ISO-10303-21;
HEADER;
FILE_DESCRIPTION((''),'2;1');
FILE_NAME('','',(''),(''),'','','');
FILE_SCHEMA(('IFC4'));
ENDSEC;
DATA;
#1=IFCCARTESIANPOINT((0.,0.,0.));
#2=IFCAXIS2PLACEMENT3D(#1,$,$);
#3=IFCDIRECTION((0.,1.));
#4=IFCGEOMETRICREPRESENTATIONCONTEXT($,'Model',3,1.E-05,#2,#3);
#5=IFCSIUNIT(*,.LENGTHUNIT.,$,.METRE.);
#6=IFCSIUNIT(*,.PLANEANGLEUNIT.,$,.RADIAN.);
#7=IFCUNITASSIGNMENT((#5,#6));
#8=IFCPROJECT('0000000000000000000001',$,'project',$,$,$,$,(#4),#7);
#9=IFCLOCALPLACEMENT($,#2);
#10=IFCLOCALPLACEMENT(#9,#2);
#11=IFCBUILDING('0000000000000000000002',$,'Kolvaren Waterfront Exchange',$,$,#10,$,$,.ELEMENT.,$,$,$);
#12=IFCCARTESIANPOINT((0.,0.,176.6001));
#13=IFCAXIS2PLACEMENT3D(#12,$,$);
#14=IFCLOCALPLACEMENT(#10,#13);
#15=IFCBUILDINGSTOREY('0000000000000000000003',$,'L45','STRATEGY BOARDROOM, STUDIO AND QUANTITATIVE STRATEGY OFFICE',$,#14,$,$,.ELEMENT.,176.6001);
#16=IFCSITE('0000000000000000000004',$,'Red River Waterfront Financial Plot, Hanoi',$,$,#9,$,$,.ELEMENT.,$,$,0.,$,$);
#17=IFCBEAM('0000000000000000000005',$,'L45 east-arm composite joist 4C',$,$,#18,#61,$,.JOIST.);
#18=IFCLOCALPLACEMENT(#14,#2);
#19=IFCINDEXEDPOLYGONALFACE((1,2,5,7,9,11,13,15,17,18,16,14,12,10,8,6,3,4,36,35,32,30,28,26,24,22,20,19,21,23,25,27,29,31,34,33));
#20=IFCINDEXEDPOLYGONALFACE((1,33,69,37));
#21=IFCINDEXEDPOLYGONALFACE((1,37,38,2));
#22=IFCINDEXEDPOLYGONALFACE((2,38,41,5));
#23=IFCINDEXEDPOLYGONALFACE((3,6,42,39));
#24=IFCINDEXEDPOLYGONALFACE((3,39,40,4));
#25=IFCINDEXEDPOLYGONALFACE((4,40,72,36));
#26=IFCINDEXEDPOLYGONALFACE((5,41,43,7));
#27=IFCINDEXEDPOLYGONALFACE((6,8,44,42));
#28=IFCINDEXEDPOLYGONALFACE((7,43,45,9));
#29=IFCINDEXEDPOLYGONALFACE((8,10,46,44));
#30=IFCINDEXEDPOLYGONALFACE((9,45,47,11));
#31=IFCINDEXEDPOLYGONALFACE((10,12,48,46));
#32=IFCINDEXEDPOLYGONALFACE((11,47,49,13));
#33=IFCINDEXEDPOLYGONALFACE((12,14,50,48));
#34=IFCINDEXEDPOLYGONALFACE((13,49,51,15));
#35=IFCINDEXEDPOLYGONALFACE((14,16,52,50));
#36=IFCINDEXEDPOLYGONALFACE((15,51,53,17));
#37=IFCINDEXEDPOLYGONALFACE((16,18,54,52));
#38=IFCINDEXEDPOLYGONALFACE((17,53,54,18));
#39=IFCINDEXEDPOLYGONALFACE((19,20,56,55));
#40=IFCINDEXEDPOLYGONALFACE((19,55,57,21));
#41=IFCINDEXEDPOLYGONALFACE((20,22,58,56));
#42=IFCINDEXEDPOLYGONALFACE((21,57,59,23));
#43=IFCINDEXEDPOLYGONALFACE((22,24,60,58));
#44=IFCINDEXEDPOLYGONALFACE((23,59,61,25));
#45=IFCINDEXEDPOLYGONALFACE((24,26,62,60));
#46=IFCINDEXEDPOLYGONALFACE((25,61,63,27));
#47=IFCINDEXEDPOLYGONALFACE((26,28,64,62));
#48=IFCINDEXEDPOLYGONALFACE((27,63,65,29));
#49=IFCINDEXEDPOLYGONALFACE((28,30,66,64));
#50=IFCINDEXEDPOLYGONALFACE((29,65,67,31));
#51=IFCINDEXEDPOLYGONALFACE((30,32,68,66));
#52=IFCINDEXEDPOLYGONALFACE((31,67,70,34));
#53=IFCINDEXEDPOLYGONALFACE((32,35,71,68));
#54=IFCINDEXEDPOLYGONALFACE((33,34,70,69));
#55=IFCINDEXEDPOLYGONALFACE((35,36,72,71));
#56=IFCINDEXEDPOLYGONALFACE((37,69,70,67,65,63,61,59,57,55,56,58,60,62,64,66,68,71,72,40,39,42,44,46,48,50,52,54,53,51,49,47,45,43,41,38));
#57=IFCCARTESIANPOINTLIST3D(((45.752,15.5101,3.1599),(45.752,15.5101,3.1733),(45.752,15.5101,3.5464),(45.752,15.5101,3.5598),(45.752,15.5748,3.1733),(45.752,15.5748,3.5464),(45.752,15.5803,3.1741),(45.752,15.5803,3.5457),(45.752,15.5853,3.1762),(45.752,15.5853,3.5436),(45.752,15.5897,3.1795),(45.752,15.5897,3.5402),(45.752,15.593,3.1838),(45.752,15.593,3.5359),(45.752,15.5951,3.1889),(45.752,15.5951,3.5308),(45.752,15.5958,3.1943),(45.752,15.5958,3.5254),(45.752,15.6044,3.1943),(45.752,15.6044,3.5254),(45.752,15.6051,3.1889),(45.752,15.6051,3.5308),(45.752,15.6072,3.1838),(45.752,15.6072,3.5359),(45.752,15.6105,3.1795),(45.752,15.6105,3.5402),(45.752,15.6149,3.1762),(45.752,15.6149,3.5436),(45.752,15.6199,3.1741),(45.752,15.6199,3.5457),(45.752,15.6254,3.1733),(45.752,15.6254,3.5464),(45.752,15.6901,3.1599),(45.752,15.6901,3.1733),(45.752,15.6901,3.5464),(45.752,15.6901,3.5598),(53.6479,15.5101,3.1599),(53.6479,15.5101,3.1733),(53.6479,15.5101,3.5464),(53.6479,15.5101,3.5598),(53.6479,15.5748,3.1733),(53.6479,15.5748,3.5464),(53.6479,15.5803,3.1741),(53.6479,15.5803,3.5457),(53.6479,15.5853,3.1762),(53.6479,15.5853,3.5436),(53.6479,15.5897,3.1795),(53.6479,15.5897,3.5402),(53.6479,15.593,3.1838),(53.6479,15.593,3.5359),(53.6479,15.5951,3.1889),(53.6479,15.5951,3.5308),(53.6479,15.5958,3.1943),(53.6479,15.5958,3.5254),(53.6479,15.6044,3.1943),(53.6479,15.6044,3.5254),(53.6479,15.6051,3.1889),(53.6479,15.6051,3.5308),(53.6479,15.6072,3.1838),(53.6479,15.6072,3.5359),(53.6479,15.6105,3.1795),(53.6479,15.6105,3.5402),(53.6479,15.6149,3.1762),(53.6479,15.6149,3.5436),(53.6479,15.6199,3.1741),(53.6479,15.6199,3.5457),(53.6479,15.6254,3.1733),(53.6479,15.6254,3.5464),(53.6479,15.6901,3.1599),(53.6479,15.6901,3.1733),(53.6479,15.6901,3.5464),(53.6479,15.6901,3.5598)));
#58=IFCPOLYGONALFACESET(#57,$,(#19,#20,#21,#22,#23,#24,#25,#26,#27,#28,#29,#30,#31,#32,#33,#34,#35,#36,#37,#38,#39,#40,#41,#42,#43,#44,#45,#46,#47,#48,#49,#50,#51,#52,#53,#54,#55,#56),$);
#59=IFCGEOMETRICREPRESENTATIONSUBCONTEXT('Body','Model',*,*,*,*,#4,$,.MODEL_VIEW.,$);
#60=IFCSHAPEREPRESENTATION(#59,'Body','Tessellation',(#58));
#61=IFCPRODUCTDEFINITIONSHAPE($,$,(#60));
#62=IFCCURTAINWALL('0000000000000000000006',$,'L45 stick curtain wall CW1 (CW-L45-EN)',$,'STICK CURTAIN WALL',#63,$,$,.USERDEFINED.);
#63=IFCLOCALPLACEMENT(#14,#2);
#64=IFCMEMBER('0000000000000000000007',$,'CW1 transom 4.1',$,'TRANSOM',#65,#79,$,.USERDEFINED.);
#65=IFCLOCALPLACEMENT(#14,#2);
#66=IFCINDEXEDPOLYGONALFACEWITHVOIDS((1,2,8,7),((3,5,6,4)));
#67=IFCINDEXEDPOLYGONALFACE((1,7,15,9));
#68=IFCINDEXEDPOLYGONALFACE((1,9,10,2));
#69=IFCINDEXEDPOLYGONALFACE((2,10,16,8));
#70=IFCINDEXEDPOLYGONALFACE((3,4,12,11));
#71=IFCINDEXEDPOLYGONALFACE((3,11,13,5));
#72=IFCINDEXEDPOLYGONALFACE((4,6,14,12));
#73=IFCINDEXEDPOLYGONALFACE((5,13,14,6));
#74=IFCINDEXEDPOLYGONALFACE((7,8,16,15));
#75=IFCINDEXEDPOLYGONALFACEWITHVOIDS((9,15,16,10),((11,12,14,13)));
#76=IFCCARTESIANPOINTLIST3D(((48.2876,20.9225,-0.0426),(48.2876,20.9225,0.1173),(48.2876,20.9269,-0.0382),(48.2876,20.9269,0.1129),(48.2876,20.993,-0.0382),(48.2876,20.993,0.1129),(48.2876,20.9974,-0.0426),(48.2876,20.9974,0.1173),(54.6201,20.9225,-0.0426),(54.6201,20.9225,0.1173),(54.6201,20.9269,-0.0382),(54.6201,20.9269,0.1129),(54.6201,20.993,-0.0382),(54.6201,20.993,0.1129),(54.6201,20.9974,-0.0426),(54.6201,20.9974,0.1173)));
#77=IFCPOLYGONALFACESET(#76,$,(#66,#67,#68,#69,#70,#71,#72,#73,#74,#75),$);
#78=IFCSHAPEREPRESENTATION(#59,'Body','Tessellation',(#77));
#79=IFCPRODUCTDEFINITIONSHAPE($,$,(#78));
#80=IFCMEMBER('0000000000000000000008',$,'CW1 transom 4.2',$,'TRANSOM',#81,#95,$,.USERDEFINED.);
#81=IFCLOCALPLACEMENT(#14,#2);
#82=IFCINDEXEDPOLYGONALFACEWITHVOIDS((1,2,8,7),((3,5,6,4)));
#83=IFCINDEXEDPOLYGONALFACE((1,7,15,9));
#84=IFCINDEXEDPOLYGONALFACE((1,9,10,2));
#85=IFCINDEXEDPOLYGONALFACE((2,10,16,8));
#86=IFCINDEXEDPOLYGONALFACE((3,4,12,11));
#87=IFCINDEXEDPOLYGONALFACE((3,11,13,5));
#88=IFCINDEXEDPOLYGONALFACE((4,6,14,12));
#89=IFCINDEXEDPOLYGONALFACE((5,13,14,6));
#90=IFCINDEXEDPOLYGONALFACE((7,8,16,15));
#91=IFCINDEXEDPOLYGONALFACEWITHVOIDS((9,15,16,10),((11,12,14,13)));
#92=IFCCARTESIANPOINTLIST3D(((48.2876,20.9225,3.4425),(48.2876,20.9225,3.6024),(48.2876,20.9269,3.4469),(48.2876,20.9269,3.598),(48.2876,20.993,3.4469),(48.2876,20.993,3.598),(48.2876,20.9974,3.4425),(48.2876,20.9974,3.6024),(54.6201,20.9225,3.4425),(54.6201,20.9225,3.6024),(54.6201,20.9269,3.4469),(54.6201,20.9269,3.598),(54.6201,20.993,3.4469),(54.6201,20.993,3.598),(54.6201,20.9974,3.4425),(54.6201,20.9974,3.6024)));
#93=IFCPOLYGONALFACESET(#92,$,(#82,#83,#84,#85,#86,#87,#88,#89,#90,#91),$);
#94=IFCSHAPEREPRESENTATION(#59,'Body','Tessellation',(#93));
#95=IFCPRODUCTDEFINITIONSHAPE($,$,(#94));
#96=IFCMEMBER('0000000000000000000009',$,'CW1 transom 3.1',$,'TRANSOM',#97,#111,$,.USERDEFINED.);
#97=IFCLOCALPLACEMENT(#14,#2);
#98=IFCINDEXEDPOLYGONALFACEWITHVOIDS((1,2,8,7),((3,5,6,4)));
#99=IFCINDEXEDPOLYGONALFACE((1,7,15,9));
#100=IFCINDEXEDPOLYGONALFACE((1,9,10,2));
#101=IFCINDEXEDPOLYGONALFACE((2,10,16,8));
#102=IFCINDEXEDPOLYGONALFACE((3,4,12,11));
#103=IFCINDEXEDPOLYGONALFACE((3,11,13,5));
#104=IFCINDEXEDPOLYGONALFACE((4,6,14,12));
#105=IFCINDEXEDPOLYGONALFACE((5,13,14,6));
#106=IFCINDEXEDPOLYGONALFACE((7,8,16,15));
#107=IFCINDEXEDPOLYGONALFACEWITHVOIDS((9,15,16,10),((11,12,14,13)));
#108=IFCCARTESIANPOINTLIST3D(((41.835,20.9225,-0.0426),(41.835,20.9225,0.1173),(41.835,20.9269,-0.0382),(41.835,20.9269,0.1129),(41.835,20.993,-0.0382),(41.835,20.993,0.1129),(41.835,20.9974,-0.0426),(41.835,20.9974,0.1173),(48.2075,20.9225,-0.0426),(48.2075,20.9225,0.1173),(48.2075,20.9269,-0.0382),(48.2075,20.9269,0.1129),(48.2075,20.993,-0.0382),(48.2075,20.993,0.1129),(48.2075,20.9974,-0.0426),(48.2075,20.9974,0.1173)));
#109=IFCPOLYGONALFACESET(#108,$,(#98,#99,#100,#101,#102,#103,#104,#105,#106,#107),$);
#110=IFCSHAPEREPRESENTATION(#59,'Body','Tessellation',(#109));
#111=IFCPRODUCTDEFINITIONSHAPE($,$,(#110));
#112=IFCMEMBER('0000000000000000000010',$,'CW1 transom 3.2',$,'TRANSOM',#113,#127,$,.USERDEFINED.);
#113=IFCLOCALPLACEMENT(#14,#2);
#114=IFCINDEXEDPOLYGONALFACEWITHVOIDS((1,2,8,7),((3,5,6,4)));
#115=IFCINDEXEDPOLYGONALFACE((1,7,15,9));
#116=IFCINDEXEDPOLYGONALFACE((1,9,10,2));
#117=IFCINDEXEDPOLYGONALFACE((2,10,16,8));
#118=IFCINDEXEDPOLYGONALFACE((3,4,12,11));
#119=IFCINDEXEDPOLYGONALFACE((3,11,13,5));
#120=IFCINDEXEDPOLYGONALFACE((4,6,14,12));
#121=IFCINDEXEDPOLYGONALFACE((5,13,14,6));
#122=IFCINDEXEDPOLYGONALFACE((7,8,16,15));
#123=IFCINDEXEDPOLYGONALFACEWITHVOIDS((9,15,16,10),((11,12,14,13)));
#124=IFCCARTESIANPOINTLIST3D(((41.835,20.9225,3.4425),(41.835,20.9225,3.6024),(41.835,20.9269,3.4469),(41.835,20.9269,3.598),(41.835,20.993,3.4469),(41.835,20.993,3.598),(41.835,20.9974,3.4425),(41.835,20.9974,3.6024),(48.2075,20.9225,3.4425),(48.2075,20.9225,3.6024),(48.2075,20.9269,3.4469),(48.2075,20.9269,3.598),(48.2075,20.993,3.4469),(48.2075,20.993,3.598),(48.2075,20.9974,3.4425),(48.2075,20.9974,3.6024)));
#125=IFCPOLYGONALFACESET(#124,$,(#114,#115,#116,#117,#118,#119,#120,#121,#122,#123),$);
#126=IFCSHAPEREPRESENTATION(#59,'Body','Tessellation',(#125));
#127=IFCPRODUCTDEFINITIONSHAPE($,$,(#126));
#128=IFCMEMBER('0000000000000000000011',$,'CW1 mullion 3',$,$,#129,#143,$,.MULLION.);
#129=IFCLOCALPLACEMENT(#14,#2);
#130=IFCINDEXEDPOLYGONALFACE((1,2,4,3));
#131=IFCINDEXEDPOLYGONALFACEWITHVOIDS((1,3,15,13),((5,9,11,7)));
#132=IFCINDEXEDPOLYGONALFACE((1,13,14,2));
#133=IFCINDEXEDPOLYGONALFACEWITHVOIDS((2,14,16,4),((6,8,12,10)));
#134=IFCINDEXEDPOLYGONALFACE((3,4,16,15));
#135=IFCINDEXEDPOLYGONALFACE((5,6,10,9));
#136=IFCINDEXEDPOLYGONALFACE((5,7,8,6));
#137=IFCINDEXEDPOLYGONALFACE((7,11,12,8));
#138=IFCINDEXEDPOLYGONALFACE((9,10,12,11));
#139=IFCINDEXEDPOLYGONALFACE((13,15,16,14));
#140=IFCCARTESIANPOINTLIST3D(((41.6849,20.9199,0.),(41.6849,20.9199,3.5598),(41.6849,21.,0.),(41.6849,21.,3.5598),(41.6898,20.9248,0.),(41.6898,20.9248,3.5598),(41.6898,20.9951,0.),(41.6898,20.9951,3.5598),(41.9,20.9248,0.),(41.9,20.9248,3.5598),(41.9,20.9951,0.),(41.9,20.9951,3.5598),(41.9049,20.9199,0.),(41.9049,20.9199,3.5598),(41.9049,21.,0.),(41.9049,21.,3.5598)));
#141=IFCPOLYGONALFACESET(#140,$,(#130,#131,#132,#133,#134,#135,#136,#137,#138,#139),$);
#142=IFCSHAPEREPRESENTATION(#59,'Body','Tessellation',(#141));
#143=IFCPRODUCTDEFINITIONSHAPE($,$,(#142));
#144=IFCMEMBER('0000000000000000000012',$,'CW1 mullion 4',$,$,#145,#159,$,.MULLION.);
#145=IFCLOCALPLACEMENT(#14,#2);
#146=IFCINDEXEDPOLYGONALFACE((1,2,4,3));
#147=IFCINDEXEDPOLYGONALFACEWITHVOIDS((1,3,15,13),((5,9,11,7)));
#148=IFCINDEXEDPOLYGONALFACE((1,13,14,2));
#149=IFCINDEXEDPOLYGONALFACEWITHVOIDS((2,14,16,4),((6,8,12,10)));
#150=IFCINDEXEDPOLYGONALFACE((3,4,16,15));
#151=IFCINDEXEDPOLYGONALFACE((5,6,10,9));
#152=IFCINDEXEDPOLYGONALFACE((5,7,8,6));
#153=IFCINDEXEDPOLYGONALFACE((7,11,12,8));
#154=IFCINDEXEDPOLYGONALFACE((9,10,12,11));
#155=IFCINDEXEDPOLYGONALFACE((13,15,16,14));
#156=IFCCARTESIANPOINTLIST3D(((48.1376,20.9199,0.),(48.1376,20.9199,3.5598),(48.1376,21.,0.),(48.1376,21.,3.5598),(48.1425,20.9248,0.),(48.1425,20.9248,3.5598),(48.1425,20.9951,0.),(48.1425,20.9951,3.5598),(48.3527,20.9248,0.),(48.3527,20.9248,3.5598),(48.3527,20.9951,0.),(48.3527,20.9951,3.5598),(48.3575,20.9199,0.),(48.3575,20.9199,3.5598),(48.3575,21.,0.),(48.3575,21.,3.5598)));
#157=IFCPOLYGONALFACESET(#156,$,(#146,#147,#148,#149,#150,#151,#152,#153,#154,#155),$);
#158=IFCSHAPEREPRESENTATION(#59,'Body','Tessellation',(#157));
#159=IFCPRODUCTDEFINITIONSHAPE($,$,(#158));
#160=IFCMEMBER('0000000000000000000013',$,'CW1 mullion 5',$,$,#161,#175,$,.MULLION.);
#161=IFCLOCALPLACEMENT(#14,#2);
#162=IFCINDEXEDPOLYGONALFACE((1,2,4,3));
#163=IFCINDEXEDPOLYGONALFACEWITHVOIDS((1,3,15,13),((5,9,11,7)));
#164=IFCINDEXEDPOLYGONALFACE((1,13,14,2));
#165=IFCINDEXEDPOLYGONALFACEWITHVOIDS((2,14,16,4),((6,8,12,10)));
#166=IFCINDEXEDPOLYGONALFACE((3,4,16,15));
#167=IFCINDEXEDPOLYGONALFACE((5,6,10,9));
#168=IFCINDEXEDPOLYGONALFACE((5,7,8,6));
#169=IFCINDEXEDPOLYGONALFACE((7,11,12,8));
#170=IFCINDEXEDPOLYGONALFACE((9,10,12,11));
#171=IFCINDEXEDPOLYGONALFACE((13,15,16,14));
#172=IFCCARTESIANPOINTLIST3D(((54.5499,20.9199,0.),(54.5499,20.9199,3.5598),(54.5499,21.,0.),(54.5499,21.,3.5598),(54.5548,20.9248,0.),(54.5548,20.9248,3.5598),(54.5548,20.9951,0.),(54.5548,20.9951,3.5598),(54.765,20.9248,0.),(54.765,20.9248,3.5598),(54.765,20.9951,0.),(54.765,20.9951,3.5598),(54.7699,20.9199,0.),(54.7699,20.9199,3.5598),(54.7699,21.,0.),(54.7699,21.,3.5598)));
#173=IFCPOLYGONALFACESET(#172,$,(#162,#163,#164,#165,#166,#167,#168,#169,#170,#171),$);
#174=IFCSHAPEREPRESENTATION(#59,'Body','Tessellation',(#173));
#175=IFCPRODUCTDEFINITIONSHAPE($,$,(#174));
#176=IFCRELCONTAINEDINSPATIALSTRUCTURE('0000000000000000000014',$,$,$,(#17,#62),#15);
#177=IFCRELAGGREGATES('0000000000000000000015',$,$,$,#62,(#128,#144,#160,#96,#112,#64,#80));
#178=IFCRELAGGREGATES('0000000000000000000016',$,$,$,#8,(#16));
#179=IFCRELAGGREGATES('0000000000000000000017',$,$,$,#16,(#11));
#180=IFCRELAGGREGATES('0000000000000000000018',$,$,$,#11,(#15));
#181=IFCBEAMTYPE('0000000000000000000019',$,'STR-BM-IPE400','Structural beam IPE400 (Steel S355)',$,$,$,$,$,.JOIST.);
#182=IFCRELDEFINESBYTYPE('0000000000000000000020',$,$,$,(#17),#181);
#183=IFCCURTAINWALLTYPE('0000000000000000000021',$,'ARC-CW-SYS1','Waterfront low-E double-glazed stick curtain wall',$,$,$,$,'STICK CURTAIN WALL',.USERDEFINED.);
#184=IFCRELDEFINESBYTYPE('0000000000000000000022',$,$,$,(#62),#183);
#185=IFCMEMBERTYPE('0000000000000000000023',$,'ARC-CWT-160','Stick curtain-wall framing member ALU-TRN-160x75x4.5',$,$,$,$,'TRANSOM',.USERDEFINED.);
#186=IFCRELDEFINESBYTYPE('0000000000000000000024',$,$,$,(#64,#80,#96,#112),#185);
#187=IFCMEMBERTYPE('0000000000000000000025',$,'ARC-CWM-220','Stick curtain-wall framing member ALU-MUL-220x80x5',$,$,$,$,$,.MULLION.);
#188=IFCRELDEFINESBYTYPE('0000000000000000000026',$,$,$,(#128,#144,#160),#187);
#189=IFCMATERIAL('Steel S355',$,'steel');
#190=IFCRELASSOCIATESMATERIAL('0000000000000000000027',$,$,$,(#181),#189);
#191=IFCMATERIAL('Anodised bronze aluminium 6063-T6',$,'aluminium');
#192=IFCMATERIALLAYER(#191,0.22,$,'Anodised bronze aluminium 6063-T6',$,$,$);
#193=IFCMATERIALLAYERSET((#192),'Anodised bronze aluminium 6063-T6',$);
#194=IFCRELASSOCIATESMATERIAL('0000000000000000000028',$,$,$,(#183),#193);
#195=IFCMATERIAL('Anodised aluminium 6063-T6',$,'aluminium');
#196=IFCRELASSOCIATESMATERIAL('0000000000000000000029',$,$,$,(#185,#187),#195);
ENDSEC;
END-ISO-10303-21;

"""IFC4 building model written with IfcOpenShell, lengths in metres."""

from ifc_helpers import new_model, si_unit, direction, frame, origin, origin_with_axes, origin_2d, place, context, subcontext, project, spatial, hollow_rectangle, i_section, extrude, source, transform, mapped, material, layer, layer_set, material_profile, profile_set, type_object, element, aggregate, save


model = new_model("IFC4")

# Units and contexts
model_context = context("Model", 3, precision=1e-05, world=origin(), true_north=direction((0.0, 1.0)))
body_context = subcontext(model_context, "Body", "Model", "MODEL_VIEW")
ifc_project = project(units=[si_unit("LENGTHUNIT", "METRE"), si_unit("PLANEANGLEUNIT", "RADIAN")], contexts=[model_context])

# Site, building, storey
site_placement = place(None, origin())
site = spatial("IfcSite", under=ifc_project, at=site_placement, Name="Red River Waterfront Financial Plot, Hanoi", CompositionType="ELEMENT", RefElevation=0.0)
building_placement = place(site_placement, origin())
building = spatial("IfcBuilding", under=site, at=building_placement, Name="Kolvaren Waterfront Exchange", CompositionType="ELEMENT")
storey_placement = place(building_placement, frame((0.0, 0.0, 176.6001)))
storey = spatial("IfcBuildingStorey", under=building, at=storey_placement, Name="L45", Description="STRATEGY BOARDROOM, STUDIO AND QUANTITATIVE STRATEGY OFFICE", CompositionType="ELEMENT", Elevation=176.6001)

# Beam
ifc_material_1 = material(Name="Steel S355", Category="steel")
ifc_material_profile_1 = material_profile(ifc_material_1, i_section(OverallWidth=0.1799, OverallDepth=0.3999, WebThickness=0.0085, FlangeThickness=0.0134, FilletRadius=0.021, at=origin_2d()), Name="IPE400")
ifc_profile_set_1 = profile_set([ifc_material_profile_1], Name="Steel S355")
beam_type_1 = type_object("IfcBeamType", Name="STR-BM-IPE400", Description="Structural beam IPE400 (Steel S355)", PredefinedType="JOIST", material=ifc_profile_set_1)
for number, where, z_axis, x_axis, name in (
    (1, (45.752, 15.6001, 3.3599), (1.0, 0.0, 0.0), (0.0, 1.0, 0.0), "L45 east-arm composite joist 4C"),
):
    element("IfcBeam", number, at=place(storey_placement, frame(where, z_axis=z_axis, x_axis=x_axis)), inside=storey, type_object=beam_type_1, Name=name, PredefinedType="JOIST", context=body_context, shape_type="SweptSolid", body=[
        extrude(i_section(OverallWidth=0.1799, OverallDepth=0.3999, WebThickness=0.0085, FlangeThickness=0.0134, FilletRadius=0.021, at=origin_2d()), origin(), (0.0, 0.0, 1.0), 7.896),
    ])

# Curtain wall, members
ifc_material_2 = material(Name="Anodised bronze aluminium 6063-T6", Category="aluminium")
ifc_layer_1 = layer(ifc_material_2, 0.22, Name="Anodised bronze aluminium 6063-T6")
ifc_layer_set_1 = layer_set([ifc_layer_1], Name="Anodised bronze aluminium 6063-T6")
curtain_wall_type = type_object("IfcCurtainWallType", Name="ARC-CW-SYS1", Description="Waterfront low-E double-glazed stick curtain wall", ElementType="STICK CURTAIN WALL", PredefinedType="USERDEFINED", material=ifc_layer_set_1)
curtain_wall_placement = place(storey_placement, origin())
curtain_wall = element("IfcCurtainWall", 2, at=curtain_wall_placement, inside=storey, type_object=curtain_wall_type, Name="L45 stick curtain wall CW1 (CW-L45-EN)", ObjectType="STICK CURTAIN WALL", PredefinedType="USERDEFINED")
ifc_material_3 = material(Name="Anodised aluminium 6063-T6", Category="aluminium")
ifc_material_profile_2 = material_profile(ifc_material_3, hollow_rectangle(XDim=0.075, YDim=0.1599, WallThickness=0.0044, at=origin_2d()), Name="ALU-TRN-160x75x4.5")
ifc_profile_set_2 = profile_set([ifc_material_profile_2], Name="Anodised aluminium 6063-T6")
member_type_1 = type_object("IfcMemberType", Name="ARC-CWT-160", Description="Stick curtain-wall framing member ALU-TRN-160x75x4.5", ElementType="TRANSOM", PredefinedType="USERDEFINED", material=ifc_profile_set_2)
shared_shape_1 = source(origin_with_axes(), body_context, "Body", "SweptSolid", [
    extrude(hollow_rectangle(XDim=0.075, YDim=0.1599, WallThickness=0.0044, at=origin_2d()), origin(), (0.0, 0.0, 1.0), 6.3325),
])
member_1_placement = place(storey_placement, frame((48.2876, 20.96, 0.0374), z_axis=(1.0, 0.0, 0.0), x_axis=(0.0, 1.0, 0.0)))
member_1 = element("IfcMember", 3, at=member_1_placement, type_object=member_type_1, Name="CW1 transom 4.1", ObjectType="TRANSOM", PredefinedType="USERDEFINED", context=body_context, shape_type="MappedRepresentation", body=[
    mapped(shared_shape_1, transform((0.0, 0.0, 0.0), x_axis=(1.0, 0.0, 0.0), y_axis=(0.0, 1.0, 0.0), z_axis=(0.0, 0.0, 1.0), scale=1.0)),
])
member_2_placement = place(storey_placement, frame((48.2876, 20.96, 3.5225), z_axis=(1.0, 0.0, 0.0), x_axis=(0.0, 1.0, 0.0)))
member_2 = element("IfcMember", 4, at=member_2_placement, type_object=member_type_1, Name="CW1 transom 4.2", ObjectType="TRANSOM", PredefinedType="USERDEFINED", context=body_context, shape_type="MappedRepresentation", body=[
    mapped(shared_shape_1, transform((0.0, 0.0, 0.0), x_axis=(1.0, 0.0, 0.0), y_axis=(0.0, 1.0, 0.0), z_axis=(0.0, 0.0, 1.0), scale=1.0)),
])
shared_shape_2 = source(origin_with_axes(), body_context, "Body", "SweptSolid", [
    extrude(hollow_rectangle(XDim=0.075, YDim=0.1599, WallThickness=0.0044, at=origin_2d()), origin(), (0.0, 0.0, 1.0), 6.3726),
])
member_3_placement = place(storey_placement, frame((41.835, 20.96, 0.0374), z_axis=(1.0, 0.0, 0.0), x_axis=(0.0, 1.0, 0.0)))
member_3 = element("IfcMember", 5, at=member_3_placement, type_object=member_type_1, Name="CW1 transom 3.1", ObjectType="TRANSOM", PredefinedType="USERDEFINED", context=body_context, shape_type="MappedRepresentation", body=[
    mapped(shared_shape_2, transform((0.0, 0.0, 0.0), x_axis=(1.0, 0.0, 0.0), y_axis=(0.0, 1.0, 0.0), z_axis=(0.0, 0.0, 1.0), scale=1.0)),
])
member_4_placement = place(storey_placement, frame((41.835, 20.96, 3.5225), z_axis=(1.0, 0.0, 0.0), x_axis=(0.0, 1.0, 0.0)))
member_4 = element("IfcMember", 6, at=member_4_placement, type_object=member_type_1, Name="CW1 transom 3.2", ObjectType="TRANSOM", PredefinedType="USERDEFINED", context=body_context, shape_type="MappedRepresentation", body=[
    mapped(shared_shape_2, transform((0.0, 0.0, 0.0), x_axis=(1.0, 0.0, 0.0), y_axis=(0.0, 1.0, 0.0), z_axis=(0.0, 0.0, 1.0), scale=1.0)),
])
ifc_material_profile_3 = material_profile(ifc_material_3, hollow_rectangle(XDim=0.0801, YDim=0.22, WallThickness=0.0049, at=origin_2d()), Name="ALU-MUL-220x80x5")
ifc_profile_set_3 = profile_set([ifc_material_profile_3], Name="Anodised aluminium 6063-T6")
member_type_2 = type_object("IfcMemberType", Name="ARC-CWM-220", Description="Stick curtain-wall framing member ALU-MUL-220x80x5", PredefinedType="MULLION", material=ifc_profile_set_3)
shared_shape_3 = source(origin_with_axes(), body_context, "Body", "SweptSolid", [
    extrude(hollow_rectangle(XDim=0.0801, YDim=0.22, WallThickness=0.0049, at=origin_2d()), origin(), (0.0, 0.0, 1.0), 3.5598),
])
member_5_placement = place(storey_placement, frame((41.7949, 20.96, 0.0), z_axis=(0.0, 0.0, 1.0), x_axis=(0.0, 1.0, 0.0)))
member_5 = element("IfcMember", 7, at=member_5_placement, type_object=member_type_2, Name="CW1 mullion 3", PredefinedType="MULLION", context=body_context, shape_type="MappedRepresentation", body=[
    mapped(shared_shape_3, transform((0.0, 0.0, 0.0), x_axis=(1.0, 0.0, 0.0), y_axis=(0.0, 1.0, 0.0), z_axis=(0.0, 0.0, 1.0), scale=1.0)),
])
member_6_placement = place(storey_placement, frame((48.2476, 20.96, 0.0), z_axis=(0.0, 0.0, 1.0), x_axis=(0.0, 1.0, 0.0)))
member_6 = element("IfcMember", 8, at=member_6_placement, type_object=member_type_2, Name="CW1 mullion 4", PredefinedType="MULLION", context=body_context, shape_type="MappedRepresentation", body=[
    mapped(shared_shape_3, transform((0.0, 0.0, 0.0), x_axis=(1.0, 0.0, 0.0), y_axis=(0.0, 1.0, 0.0), z_axis=(0.0, 0.0, 1.0), scale=1.0)),
])
member_7_placement = place(storey_placement, frame((54.6599, 20.96, 0.0), z_axis=(0.0, 0.0, 1.0), x_axis=(0.0, 1.0, 0.0)))
member_7 = element("IfcMember", 9, at=member_7_placement, type_object=member_type_2, Name="CW1 mullion 5", PredefinedType="MULLION", context=body_context, shape_type="MappedRepresentation", body=[
    mapped(shared_shape_3, transform((0.0, 0.0, 0.0), x_axis=(1.0, 0.0, 0.0), y_axis=(0.0, 1.0, 0.0), z_axis=(0.0, 0.0, 1.0), scale=1.0)),
])
aggregate(curtain_wall, [member_5, member_6, member_7, member_3, member_4, member_1, member_2])

save(model, "model.ifc")
